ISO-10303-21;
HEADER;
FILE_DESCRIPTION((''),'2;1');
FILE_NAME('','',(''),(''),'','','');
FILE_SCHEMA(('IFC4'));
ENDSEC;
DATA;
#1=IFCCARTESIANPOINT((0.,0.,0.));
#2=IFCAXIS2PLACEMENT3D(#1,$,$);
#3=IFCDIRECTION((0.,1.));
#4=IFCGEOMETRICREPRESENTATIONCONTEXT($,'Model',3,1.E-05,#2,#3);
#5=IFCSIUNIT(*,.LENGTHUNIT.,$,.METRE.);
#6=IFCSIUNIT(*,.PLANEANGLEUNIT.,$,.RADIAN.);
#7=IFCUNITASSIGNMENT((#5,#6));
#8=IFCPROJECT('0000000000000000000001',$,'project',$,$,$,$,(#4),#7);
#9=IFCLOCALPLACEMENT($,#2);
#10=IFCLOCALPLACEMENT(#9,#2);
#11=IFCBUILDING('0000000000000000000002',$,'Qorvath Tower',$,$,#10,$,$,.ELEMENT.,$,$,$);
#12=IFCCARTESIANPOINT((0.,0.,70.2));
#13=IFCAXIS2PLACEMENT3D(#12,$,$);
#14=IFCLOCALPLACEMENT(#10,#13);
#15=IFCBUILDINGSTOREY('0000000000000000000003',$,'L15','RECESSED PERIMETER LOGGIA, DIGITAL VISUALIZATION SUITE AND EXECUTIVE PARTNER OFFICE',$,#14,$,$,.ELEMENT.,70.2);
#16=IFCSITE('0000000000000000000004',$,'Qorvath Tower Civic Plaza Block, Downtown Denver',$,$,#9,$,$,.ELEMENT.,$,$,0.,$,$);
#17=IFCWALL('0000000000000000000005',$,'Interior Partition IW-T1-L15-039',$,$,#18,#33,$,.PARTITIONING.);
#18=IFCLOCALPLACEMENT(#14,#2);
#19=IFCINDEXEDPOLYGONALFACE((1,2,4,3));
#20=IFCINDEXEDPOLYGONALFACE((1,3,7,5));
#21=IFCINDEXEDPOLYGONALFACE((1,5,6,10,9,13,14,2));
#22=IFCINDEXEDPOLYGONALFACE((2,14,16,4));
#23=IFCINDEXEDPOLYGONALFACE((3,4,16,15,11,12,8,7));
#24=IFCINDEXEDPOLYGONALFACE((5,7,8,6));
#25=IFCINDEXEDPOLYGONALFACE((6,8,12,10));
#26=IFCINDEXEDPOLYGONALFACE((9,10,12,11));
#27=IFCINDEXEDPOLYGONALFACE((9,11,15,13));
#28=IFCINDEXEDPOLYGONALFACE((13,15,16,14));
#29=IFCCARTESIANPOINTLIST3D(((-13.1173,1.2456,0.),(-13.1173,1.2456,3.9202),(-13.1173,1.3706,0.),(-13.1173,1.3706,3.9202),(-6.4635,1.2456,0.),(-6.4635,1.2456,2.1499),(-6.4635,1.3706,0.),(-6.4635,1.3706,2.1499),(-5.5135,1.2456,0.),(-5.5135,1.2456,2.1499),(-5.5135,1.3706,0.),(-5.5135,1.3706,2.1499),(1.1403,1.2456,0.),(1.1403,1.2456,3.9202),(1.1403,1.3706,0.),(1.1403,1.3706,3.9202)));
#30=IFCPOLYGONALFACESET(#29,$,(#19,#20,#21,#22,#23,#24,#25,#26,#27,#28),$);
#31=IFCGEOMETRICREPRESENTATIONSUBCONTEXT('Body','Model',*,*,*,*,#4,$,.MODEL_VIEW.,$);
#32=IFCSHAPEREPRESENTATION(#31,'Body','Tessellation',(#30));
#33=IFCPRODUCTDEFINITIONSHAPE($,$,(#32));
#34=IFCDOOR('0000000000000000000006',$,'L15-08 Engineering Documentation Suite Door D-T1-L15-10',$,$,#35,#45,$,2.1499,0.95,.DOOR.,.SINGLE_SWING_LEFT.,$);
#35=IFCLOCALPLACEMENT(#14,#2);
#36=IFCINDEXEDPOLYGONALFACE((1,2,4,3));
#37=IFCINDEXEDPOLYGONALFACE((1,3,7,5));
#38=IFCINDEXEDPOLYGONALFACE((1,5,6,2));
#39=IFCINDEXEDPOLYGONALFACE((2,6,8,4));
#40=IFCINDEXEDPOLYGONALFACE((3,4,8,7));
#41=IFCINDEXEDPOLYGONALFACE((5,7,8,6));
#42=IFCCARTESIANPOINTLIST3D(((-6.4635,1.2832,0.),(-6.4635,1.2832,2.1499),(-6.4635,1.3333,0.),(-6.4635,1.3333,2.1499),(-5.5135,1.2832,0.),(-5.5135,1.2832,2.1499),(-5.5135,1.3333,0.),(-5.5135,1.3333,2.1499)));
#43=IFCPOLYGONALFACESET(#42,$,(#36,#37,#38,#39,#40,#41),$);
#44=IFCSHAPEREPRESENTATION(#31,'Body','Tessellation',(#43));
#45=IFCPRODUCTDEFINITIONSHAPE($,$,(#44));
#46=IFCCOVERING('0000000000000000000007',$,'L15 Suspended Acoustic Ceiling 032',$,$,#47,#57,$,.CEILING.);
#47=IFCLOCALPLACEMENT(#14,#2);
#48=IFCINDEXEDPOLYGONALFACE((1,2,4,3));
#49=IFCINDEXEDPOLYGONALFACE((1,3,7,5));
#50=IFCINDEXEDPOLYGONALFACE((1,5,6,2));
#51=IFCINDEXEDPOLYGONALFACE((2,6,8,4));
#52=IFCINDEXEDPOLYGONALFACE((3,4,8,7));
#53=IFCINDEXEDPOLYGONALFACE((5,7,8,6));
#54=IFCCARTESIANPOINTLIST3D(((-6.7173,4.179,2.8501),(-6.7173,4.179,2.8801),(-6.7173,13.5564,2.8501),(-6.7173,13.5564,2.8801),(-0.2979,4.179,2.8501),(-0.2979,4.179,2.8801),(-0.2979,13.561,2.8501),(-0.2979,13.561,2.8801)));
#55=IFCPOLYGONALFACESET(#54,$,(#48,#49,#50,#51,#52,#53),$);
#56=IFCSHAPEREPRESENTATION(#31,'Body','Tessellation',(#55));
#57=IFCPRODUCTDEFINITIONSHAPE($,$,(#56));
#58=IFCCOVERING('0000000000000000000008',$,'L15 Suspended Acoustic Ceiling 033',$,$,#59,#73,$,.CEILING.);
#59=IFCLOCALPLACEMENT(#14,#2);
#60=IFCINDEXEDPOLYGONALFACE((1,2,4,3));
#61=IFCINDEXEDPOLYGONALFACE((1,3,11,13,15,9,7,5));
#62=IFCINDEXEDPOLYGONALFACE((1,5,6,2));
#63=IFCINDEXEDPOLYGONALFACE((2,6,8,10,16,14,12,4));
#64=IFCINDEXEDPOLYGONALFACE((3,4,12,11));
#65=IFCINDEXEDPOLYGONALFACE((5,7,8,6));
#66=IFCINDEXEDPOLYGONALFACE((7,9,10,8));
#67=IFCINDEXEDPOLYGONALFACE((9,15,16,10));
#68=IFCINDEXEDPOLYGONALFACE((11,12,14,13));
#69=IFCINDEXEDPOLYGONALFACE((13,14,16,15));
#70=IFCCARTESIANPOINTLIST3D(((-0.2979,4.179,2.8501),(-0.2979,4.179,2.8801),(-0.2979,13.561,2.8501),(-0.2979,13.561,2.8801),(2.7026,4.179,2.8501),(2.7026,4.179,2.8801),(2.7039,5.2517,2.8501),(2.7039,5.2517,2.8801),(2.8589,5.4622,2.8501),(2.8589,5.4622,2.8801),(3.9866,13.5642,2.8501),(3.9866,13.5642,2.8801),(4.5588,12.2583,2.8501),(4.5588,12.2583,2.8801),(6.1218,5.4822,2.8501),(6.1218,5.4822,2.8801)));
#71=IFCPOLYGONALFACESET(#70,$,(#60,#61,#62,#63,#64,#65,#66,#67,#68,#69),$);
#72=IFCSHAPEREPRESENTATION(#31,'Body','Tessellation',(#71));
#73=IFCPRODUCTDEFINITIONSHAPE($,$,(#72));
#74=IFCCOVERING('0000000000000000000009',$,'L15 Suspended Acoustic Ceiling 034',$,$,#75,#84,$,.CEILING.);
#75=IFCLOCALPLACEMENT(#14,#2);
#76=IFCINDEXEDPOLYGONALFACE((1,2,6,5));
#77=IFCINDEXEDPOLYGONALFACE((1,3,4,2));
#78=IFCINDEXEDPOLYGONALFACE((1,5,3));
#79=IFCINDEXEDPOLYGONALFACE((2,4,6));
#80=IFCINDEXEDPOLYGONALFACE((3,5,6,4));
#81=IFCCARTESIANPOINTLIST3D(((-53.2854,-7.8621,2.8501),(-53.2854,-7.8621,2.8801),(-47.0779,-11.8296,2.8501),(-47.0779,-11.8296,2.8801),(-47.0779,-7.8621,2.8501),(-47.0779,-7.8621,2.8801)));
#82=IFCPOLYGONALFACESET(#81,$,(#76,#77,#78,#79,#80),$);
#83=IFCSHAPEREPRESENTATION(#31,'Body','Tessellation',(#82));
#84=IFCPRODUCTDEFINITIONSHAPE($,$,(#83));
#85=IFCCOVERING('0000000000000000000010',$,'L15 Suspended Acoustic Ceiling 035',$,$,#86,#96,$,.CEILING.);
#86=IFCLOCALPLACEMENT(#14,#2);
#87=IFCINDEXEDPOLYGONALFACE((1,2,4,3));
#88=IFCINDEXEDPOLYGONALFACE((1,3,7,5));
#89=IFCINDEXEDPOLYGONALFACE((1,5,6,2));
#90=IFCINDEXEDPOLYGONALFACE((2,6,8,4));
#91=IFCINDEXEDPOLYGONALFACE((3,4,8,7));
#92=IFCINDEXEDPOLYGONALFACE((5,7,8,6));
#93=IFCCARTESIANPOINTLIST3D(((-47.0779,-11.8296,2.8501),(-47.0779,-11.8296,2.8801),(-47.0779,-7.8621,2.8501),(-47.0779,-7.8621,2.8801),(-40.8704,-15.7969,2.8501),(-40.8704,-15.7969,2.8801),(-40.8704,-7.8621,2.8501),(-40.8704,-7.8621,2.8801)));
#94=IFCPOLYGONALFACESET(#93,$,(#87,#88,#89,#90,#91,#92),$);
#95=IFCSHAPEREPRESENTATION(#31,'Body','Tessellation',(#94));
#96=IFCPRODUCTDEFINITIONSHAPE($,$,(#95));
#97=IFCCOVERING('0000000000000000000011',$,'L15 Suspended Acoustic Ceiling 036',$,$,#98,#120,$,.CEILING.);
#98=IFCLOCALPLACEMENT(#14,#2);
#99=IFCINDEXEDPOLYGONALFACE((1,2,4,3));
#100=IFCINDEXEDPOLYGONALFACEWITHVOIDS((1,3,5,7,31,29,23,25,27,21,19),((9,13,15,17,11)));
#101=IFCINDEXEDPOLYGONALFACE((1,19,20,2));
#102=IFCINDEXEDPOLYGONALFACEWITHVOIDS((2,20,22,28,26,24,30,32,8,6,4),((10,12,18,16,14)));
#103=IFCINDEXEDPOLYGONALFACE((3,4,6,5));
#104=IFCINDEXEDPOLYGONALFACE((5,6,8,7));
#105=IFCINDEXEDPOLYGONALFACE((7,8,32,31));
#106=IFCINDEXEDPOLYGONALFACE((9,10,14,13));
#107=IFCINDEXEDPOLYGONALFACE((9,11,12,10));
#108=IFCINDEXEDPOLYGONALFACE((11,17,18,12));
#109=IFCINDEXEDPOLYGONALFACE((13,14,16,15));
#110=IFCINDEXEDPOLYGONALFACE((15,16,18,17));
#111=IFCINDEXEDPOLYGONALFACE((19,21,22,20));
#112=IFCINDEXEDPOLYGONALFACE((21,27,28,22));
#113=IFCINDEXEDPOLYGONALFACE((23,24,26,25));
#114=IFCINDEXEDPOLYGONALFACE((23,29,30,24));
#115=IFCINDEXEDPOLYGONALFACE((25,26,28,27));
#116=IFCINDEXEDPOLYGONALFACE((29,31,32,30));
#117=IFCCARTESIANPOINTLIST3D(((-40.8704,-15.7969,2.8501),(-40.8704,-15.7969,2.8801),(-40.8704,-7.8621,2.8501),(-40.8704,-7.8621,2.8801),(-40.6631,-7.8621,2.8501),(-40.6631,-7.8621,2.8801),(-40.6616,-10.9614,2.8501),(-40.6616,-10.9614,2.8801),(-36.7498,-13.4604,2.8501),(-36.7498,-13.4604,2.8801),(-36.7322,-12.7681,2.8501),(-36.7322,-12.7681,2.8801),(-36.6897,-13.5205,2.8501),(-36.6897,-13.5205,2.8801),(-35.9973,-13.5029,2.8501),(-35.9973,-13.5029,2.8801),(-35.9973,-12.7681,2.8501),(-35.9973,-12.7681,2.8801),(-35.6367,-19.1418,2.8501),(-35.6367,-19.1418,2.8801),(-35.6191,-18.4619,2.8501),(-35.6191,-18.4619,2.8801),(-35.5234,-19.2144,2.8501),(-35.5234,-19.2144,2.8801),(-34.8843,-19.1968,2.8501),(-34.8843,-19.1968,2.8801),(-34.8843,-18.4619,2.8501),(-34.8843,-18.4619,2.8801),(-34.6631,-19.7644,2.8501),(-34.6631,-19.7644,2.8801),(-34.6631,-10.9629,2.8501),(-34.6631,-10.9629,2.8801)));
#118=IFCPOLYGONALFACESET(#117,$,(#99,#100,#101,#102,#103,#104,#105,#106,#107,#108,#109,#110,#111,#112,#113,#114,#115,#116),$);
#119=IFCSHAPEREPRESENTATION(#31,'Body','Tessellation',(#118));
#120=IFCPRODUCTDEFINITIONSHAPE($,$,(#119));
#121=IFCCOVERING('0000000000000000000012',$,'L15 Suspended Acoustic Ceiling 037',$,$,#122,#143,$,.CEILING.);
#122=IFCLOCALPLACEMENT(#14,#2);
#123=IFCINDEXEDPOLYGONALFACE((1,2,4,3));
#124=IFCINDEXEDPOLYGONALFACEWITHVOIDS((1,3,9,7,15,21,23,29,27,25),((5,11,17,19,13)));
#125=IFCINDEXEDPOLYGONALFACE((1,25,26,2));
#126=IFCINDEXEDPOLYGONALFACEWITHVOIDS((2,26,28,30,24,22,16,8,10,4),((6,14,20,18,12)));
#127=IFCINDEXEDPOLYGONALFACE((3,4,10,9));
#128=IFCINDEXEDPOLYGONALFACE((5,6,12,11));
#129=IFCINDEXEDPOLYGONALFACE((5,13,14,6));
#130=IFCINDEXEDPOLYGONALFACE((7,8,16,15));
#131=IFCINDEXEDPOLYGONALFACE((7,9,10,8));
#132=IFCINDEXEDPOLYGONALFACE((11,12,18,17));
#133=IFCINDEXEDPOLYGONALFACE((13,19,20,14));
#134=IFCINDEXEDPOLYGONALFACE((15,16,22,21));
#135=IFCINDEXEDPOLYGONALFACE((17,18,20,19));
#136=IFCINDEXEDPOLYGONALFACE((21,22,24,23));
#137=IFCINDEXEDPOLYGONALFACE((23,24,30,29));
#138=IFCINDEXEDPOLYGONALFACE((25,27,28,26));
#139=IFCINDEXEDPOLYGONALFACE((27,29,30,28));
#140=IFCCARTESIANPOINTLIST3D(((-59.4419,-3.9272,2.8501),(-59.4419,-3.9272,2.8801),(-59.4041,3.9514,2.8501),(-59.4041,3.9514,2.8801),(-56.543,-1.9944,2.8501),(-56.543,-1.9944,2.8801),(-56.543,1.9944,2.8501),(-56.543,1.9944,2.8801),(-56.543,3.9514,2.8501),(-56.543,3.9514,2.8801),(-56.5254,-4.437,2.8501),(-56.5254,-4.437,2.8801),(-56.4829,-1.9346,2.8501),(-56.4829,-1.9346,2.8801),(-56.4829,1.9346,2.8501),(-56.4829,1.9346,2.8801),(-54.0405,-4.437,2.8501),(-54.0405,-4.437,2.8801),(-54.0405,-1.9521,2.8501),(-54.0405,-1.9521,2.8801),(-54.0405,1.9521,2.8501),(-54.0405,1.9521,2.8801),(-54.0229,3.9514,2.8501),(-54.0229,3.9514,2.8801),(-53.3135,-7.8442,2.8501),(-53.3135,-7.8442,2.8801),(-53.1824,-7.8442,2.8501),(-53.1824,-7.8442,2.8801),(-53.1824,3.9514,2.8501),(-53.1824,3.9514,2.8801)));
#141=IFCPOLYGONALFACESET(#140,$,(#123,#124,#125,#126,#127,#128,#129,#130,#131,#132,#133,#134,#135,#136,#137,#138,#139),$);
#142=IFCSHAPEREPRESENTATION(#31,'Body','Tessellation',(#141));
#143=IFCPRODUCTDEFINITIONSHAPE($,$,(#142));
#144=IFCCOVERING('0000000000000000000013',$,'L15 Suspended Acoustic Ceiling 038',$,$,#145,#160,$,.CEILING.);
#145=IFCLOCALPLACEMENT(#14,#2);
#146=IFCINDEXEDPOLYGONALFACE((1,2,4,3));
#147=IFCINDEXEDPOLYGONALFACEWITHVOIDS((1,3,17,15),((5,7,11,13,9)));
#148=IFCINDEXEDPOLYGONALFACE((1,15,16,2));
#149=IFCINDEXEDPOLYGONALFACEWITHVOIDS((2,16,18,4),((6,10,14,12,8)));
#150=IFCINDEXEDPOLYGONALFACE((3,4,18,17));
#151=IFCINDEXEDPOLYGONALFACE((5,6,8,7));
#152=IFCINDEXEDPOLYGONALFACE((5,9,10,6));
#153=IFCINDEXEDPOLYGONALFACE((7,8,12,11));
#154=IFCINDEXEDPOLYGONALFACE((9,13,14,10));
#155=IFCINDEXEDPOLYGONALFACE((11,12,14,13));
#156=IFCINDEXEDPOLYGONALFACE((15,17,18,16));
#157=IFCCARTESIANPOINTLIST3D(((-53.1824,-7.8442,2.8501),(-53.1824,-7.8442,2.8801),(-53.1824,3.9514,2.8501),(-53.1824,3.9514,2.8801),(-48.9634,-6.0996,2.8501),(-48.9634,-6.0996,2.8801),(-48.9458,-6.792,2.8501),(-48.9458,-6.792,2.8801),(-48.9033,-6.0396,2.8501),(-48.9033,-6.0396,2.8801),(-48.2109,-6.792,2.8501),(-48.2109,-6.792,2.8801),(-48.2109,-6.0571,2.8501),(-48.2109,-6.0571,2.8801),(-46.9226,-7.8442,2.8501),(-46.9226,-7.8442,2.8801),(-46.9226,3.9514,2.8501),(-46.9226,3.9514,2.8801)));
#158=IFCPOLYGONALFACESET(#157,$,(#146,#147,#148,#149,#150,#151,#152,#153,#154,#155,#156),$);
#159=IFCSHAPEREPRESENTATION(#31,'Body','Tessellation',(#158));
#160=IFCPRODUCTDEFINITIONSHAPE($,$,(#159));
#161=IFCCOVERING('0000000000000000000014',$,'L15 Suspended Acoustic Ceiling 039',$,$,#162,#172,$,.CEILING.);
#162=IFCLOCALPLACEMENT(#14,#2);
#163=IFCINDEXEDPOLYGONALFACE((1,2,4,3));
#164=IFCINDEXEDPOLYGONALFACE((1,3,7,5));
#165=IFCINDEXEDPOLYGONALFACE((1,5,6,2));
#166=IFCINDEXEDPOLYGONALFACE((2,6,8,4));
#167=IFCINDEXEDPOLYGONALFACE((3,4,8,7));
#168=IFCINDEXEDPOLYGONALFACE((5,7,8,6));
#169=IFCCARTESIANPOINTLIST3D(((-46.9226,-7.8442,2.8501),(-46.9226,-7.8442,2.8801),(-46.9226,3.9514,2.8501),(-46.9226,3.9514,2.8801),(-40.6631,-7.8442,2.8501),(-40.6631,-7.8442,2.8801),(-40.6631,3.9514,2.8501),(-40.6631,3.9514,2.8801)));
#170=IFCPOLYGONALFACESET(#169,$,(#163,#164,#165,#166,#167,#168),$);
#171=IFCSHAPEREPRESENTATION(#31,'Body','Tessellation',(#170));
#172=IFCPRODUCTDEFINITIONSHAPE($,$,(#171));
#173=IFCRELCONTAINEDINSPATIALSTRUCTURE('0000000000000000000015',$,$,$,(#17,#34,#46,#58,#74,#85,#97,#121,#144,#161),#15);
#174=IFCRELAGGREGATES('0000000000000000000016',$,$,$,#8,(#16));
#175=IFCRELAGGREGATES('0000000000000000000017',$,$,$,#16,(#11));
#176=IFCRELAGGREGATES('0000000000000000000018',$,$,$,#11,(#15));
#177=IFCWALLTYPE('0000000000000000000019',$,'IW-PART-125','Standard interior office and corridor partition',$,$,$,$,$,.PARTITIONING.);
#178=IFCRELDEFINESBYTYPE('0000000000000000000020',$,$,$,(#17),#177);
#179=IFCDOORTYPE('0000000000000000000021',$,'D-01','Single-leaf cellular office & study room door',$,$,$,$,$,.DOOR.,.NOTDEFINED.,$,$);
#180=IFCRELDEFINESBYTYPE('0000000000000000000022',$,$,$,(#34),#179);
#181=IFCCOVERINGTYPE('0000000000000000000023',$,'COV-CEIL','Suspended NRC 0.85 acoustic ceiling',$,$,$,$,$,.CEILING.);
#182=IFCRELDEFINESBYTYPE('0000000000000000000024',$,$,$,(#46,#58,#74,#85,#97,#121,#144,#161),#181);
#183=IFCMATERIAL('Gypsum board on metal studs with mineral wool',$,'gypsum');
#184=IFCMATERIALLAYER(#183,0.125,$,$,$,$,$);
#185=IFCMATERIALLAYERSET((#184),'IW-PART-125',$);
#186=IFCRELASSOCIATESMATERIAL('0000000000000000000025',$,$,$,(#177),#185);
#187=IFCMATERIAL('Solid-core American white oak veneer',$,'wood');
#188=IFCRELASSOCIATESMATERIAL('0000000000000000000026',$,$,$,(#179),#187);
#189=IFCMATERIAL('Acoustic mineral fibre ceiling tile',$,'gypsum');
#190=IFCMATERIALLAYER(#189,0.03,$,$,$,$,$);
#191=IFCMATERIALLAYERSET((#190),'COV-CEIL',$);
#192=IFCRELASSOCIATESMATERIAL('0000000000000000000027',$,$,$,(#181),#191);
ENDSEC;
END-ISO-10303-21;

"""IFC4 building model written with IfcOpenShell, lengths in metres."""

from ifc_helpers import new_model, si_unit, direction, frame, frame_2d, origin, place, context, subcontext, project, spatial, polyline, rectangle, outline, extrude, material, layer, layer_set, type_object, element, fill, save


model = new_model("IFC4")

# Units and contexts
model_context = context("Model", 3, precision=1e-05, world=origin(), true_north=direction((0.0, 1.0)))
body_context = subcontext(model_context, "Body", "Model", "MODEL_VIEW")
ifc_project = project(units=[si_unit("LENGTHUNIT", "METRE"), si_unit("PLANEANGLEUNIT", "RADIAN")], contexts=[model_context])

# Site, building, storey
site_placement = place(None, origin())
site = spatial("IfcSite", under=ifc_project, at=site_placement, Name="Qorvath Tower Civic Plaza Block, Downtown Denver", CompositionType="ELEMENT", RefElevation=0.0)
building_placement = place(site_placement, origin())
building = spatial("IfcBuilding", under=site, at=building_placement, Name="Qorvath Tower", CompositionType="ELEMENT")
storey_placement = place(building_placement, frame((0.0, 0.0, 70.2)))
storey = spatial("IfcBuildingStorey", under=building, at=storey_placement, Name="L15", Description="RECESSED PERIMETER LOGGIA, DIGITAL VISUALIZATION SUITE AND EXECUTIVE PARTNER OFFICE", CompositionType="ELEMENT", Elevation=70.2)

# Shared definitions
ifc_material_1 = material(Name="Gypsum board on metal studs with mineral wool", Category="gypsum")
ifc_layer_1 = layer(ifc_material_1, 0.125)
ifc_layer_set_1 = layer_set([ifc_layer_1], Name="IW-PART-125")
wall_type = type_object("IfcWallType", Name="IW-PART-125", Description="Standard interior office and corridor partition", PredefinedType="PARTITIONING", material=ifc_layer_set_1)

# Wall, opening, door
wall_1_placement = place(storey_placement, frame((1.1404, 1.3081, 0.0), z_axis=(0.0, 0.0, 1.0), x_axis=(-1.0, 0.0, 0.0)))
wall_1 = element("IfcWall", 1, at=wall_1_placement, inside=storey, type_object=wall_type, Name="Interior Partition IW-T1-L15-039", PredefinedType="PARTITIONING", context=body_context, shape_type="SweptSolid", body=[
    extrude(rectangle(XDim=14.2576, YDim=0.125, at=frame_2d((7.1289, 0.0))), origin(), (0.0, 0.0, 1.0), 3.9202),
])
opening_placement = place(wall_1_placement, frame((6.6538, 0.0, 0.0)))
opening = element("IfcOpeningElement", 2, at=opening_placement, cuts=wall_1, PredefinedType="OPENING", context=body_context, shape_type="SweptSolid", body=[
    extrude(rectangle(XDim=0.95, YDim=2.1499, at=frame_2d((0.4751, 1.075))), frame((0.0, 0.0725, 0.0), z_axis=(0.0, -1.0, 0.0), x_axis=(1.0, 0.0, 0.0)), (0.0, 0.0, 1.0), 0.145),
])
ifc_material_2 = material(Name="Solid-core American white oak veneer", Category="wood")
door_type = type_object("IfcDoorType", Name="D-01", Description="Single-leaf cellular office & study room door", OperationType="NOTDEFINED", PredefinedType="DOOR", material=ifc_material_2)
door_placement = place(opening_placement, origin())
door = element("IfcDoor", 3, at=door_placement, inside=storey, type_object=door_type, Name="L15-08 Engineering Documentation Suite Door D-T1-L15-10", OperationType="SINGLE_SWING_LEFT", OverallHeight=2.1499, OverallWidth=0.95, PredefinedType="DOOR", context=body_context, shape_type="SweptSolid", body=[
    extrude(rectangle(XDim=0.95, YDim=2.1499, at=frame_2d((0.4751, 1.075))), frame((0.0, 0.0249, 0.0), z_axis=(0.0, -1.0, 0.0), x_axis=(1.0, 0.0, 0.0)), (0.0, 0.0, 1.0), 0.05),
])
fill(opening, door)

# Coverings
ifc_material_3 = material(Name="Acoustic mineral fibre ceiling tile", Category="gypsum")
ifc_layer_2 = layer(ifc_material_3, 0.03)
ifc_layer_set_2 = layer_set([ifc_layer_2], Name="COV-CEIL")
covering_type_1 = type_object("IfcCoveringType", Name="COV-CEIL", Description="Suspended NRC 0.85 acoustic ceiling", PredefinedType="CEILING", material=ifc_layer_set_2)
covering_1_placement = place(storey_placement, frame((0.0, 0.0, 2.8501)))
element("IfcCovering", 4, at=covering_1_placement, inside=storey, type_object=covering_type_1, Name="L15 Suspended Acoustic Ceiling 032", PredefinedType="CEILING", context=body_context, shape_type="SweptSolid", body=[
    extrude(outline(polyline([(-0.2979, 4.179), (-0.2979, 13.561), (-6.7173, 13.5564), (-6.7173, 4.179), (-0.2979, 4.179)])), origin(), (0.0, 0.0, 1.0), 0.03),
])
covering_2_placement = place(storey_placement, frame((0.0, 0.0, 2.8501)))
element("IfcCovering", 5, at=covering_2_placement, inside=storey, type_object=covering_type_1, Name="L15 Suspended Acoustic Ceiling 033", PredefinedType="CEILING", context=body_context, shape_type="SweptSolid", body=[
    extrude(outline(polyline([(2.8589, 5.4622), (6.1218, 5.4822), (4.5588, 12.2583), (3.9866, 13.5642), (-0.2979, 13.561), (-0.2979, 4.179), (2.7026, 4.179), (2.7039, 5.2517), (2.8589, 5.4622)])), origin(), (0.0, 0.0, 1.0), 0.03),
])
covering_3_placement = place(storey_placement, frame((0.0, 0.0, 2.8501)))
element("IfcCovering", 6, at=covering_3_placement, inside=storey, type_object=covering_type_1, Name="L15 Suspended Acoustic Ceiling 034", PredefinedType="CEILING", context=body_context, shape_type="SweptSolid", body=[
    extrude(outline(polyline([(-47.0779, -11.8296), (-47.0779, -7.8621), (-53.2854, -7.8621), (-47.0779, -11.8296)])), origin(), (0.0, 0.0, 1.0), 0.03),
])
covering_4_placement = place(storey_placement, frame((0.0, 0.0, 2.8501)))
element("IfcCovering", 7, at=covering_4_placement, inside=storey, type_object=covering_type_1, Name="L15 Suspended Acoustic Ceiling 035", PredefinedType="CEILING", context=body_context, shape_type="SweptSolid", body=[
    extrude(outline(polyline([(-40.8704, -15.7969), (-40.8704, -7.8621), (-47.0779, -7.8621), (-47.0779, -11.8296), (-40.8704, -15.7969)])), origin(), (0.0, 0.0, 1.0), 0.03),
])
covering_5_placement = place(storey_placement, frame((0.0, 0.0, 2.8501)))
element("IfcCovering", 8, at=covering_5_placement, inside=storey, type_object=covering_type_1, Name="L15 Suspended Acoustic Ceiling 036", PredefinedType="CEILING", context=body_context, shape_type="SweptSolid", body=[
    extrude(outline(polyline([(-40.6631, -7.8621), (-40.8704, -7.8621), (-40.8704, -15.7969), (-35.6367, -19.1418), (-35.6191, -18.4619), (-34.8843, -18.4619), (-34.8843, -19.1968), (-35.5234, -19.2144), (-34.6631, -19.7644), (-34.6631, -10.9629), (-40.6616, -10.9614), (-40.6631, -7.8621)]), holes=[polyline([(-36.7498, -13.4604), (-36.7322, -12.7681), (-35.9973, -12.7681), (-35.9973, -13.5029), (-36.6897, -13.5205), (-36.7498, -13.4604)])]), origin(), (0.0, 0.0, 1.0), 0.03),
])
covering_6_placement = place(storey_placement, frame((0.0, 0.0, 2.8501)))
element("IfcCovering", 9, at=covering_6_placement, inside=storey, type_object=covering_type_1, Name="L15 Suspended Acoustic Ceiling 037", PredefinedType="CEILING", context=body_context, shape_type="SweptSolid", body=[
    extrude(outline(polyline([(-59.4041, 3.9514), (-59.4419, -3.9272), (-53.3135, -7.8442), (-53.1824, -7.8442), (-53.1824, 3.9514), (-54.0229, 3.9514), (-54.0405, 1.9521), (-56.4829, 1.9346), (-56.543, 1.9944), (-56.543, 3.9514), (-59.4041, 3.9514)]), holes=[polyline([(-56.543, -1.9944), (-56.4829, -1.9346), (-54.0405, -1.9521), (-54.0405, -4.437), (-56.5254, -4.437), (-56.543, -1.9944)])]), origin(), (0.0, 0.0, 1.0), 0.03),
])
covering_7_placement = place(storey_placement, frame((0.0, 0.0, 2.8501)))
element("IfcCovering", 10, at=covering_7_placement, inside=storey, type_object=covering_type_1, Name="L15 Suspended Acoustic Ceiling 038", PredefinedType="CEILING", context=body_context, shape_type="SweptSolid", body=[
    extrude(outline(polyline([(-53.1824, 3.9514), (-53.1824, -7.8442), (-46.9226, -7.8442), (-46.9226, 3.9514), (-53.1824, 3.9514)]), holes=[polyline([(-48.9634, -6.0996), (-48.9033, -6.0396), (-48.2109, -6.0571), (-48.2109, -6.792), (-48.9458, -6.792), (-48.9634, -6.0996)])]), origin(), (0.0, 0.0, 1.0), 0.03),
])
covering_8_placement = place(storey_placement, frame((0.0, 0.0, 2.8501)))
element("IfcCovering", 11, at=covering_8_placement, inside=storey, type_object=covering_type_1, Name="L15 Suspended Acoustic Ceiling 039", PredefinedType="CEILING", context=body_context, shape_type="SweptSolid", body=[
    extrude(outline(polyline([(-46.9226, 3.9514), (-46.9226, -7.8442), (-40.6631, -7.8442), (-40.6631, 3.9514), (-46.9226, 3.9514)])), origin(), (0.0, 0.0, 1.0), 0.03),
])

save(model, "model.ifc")
